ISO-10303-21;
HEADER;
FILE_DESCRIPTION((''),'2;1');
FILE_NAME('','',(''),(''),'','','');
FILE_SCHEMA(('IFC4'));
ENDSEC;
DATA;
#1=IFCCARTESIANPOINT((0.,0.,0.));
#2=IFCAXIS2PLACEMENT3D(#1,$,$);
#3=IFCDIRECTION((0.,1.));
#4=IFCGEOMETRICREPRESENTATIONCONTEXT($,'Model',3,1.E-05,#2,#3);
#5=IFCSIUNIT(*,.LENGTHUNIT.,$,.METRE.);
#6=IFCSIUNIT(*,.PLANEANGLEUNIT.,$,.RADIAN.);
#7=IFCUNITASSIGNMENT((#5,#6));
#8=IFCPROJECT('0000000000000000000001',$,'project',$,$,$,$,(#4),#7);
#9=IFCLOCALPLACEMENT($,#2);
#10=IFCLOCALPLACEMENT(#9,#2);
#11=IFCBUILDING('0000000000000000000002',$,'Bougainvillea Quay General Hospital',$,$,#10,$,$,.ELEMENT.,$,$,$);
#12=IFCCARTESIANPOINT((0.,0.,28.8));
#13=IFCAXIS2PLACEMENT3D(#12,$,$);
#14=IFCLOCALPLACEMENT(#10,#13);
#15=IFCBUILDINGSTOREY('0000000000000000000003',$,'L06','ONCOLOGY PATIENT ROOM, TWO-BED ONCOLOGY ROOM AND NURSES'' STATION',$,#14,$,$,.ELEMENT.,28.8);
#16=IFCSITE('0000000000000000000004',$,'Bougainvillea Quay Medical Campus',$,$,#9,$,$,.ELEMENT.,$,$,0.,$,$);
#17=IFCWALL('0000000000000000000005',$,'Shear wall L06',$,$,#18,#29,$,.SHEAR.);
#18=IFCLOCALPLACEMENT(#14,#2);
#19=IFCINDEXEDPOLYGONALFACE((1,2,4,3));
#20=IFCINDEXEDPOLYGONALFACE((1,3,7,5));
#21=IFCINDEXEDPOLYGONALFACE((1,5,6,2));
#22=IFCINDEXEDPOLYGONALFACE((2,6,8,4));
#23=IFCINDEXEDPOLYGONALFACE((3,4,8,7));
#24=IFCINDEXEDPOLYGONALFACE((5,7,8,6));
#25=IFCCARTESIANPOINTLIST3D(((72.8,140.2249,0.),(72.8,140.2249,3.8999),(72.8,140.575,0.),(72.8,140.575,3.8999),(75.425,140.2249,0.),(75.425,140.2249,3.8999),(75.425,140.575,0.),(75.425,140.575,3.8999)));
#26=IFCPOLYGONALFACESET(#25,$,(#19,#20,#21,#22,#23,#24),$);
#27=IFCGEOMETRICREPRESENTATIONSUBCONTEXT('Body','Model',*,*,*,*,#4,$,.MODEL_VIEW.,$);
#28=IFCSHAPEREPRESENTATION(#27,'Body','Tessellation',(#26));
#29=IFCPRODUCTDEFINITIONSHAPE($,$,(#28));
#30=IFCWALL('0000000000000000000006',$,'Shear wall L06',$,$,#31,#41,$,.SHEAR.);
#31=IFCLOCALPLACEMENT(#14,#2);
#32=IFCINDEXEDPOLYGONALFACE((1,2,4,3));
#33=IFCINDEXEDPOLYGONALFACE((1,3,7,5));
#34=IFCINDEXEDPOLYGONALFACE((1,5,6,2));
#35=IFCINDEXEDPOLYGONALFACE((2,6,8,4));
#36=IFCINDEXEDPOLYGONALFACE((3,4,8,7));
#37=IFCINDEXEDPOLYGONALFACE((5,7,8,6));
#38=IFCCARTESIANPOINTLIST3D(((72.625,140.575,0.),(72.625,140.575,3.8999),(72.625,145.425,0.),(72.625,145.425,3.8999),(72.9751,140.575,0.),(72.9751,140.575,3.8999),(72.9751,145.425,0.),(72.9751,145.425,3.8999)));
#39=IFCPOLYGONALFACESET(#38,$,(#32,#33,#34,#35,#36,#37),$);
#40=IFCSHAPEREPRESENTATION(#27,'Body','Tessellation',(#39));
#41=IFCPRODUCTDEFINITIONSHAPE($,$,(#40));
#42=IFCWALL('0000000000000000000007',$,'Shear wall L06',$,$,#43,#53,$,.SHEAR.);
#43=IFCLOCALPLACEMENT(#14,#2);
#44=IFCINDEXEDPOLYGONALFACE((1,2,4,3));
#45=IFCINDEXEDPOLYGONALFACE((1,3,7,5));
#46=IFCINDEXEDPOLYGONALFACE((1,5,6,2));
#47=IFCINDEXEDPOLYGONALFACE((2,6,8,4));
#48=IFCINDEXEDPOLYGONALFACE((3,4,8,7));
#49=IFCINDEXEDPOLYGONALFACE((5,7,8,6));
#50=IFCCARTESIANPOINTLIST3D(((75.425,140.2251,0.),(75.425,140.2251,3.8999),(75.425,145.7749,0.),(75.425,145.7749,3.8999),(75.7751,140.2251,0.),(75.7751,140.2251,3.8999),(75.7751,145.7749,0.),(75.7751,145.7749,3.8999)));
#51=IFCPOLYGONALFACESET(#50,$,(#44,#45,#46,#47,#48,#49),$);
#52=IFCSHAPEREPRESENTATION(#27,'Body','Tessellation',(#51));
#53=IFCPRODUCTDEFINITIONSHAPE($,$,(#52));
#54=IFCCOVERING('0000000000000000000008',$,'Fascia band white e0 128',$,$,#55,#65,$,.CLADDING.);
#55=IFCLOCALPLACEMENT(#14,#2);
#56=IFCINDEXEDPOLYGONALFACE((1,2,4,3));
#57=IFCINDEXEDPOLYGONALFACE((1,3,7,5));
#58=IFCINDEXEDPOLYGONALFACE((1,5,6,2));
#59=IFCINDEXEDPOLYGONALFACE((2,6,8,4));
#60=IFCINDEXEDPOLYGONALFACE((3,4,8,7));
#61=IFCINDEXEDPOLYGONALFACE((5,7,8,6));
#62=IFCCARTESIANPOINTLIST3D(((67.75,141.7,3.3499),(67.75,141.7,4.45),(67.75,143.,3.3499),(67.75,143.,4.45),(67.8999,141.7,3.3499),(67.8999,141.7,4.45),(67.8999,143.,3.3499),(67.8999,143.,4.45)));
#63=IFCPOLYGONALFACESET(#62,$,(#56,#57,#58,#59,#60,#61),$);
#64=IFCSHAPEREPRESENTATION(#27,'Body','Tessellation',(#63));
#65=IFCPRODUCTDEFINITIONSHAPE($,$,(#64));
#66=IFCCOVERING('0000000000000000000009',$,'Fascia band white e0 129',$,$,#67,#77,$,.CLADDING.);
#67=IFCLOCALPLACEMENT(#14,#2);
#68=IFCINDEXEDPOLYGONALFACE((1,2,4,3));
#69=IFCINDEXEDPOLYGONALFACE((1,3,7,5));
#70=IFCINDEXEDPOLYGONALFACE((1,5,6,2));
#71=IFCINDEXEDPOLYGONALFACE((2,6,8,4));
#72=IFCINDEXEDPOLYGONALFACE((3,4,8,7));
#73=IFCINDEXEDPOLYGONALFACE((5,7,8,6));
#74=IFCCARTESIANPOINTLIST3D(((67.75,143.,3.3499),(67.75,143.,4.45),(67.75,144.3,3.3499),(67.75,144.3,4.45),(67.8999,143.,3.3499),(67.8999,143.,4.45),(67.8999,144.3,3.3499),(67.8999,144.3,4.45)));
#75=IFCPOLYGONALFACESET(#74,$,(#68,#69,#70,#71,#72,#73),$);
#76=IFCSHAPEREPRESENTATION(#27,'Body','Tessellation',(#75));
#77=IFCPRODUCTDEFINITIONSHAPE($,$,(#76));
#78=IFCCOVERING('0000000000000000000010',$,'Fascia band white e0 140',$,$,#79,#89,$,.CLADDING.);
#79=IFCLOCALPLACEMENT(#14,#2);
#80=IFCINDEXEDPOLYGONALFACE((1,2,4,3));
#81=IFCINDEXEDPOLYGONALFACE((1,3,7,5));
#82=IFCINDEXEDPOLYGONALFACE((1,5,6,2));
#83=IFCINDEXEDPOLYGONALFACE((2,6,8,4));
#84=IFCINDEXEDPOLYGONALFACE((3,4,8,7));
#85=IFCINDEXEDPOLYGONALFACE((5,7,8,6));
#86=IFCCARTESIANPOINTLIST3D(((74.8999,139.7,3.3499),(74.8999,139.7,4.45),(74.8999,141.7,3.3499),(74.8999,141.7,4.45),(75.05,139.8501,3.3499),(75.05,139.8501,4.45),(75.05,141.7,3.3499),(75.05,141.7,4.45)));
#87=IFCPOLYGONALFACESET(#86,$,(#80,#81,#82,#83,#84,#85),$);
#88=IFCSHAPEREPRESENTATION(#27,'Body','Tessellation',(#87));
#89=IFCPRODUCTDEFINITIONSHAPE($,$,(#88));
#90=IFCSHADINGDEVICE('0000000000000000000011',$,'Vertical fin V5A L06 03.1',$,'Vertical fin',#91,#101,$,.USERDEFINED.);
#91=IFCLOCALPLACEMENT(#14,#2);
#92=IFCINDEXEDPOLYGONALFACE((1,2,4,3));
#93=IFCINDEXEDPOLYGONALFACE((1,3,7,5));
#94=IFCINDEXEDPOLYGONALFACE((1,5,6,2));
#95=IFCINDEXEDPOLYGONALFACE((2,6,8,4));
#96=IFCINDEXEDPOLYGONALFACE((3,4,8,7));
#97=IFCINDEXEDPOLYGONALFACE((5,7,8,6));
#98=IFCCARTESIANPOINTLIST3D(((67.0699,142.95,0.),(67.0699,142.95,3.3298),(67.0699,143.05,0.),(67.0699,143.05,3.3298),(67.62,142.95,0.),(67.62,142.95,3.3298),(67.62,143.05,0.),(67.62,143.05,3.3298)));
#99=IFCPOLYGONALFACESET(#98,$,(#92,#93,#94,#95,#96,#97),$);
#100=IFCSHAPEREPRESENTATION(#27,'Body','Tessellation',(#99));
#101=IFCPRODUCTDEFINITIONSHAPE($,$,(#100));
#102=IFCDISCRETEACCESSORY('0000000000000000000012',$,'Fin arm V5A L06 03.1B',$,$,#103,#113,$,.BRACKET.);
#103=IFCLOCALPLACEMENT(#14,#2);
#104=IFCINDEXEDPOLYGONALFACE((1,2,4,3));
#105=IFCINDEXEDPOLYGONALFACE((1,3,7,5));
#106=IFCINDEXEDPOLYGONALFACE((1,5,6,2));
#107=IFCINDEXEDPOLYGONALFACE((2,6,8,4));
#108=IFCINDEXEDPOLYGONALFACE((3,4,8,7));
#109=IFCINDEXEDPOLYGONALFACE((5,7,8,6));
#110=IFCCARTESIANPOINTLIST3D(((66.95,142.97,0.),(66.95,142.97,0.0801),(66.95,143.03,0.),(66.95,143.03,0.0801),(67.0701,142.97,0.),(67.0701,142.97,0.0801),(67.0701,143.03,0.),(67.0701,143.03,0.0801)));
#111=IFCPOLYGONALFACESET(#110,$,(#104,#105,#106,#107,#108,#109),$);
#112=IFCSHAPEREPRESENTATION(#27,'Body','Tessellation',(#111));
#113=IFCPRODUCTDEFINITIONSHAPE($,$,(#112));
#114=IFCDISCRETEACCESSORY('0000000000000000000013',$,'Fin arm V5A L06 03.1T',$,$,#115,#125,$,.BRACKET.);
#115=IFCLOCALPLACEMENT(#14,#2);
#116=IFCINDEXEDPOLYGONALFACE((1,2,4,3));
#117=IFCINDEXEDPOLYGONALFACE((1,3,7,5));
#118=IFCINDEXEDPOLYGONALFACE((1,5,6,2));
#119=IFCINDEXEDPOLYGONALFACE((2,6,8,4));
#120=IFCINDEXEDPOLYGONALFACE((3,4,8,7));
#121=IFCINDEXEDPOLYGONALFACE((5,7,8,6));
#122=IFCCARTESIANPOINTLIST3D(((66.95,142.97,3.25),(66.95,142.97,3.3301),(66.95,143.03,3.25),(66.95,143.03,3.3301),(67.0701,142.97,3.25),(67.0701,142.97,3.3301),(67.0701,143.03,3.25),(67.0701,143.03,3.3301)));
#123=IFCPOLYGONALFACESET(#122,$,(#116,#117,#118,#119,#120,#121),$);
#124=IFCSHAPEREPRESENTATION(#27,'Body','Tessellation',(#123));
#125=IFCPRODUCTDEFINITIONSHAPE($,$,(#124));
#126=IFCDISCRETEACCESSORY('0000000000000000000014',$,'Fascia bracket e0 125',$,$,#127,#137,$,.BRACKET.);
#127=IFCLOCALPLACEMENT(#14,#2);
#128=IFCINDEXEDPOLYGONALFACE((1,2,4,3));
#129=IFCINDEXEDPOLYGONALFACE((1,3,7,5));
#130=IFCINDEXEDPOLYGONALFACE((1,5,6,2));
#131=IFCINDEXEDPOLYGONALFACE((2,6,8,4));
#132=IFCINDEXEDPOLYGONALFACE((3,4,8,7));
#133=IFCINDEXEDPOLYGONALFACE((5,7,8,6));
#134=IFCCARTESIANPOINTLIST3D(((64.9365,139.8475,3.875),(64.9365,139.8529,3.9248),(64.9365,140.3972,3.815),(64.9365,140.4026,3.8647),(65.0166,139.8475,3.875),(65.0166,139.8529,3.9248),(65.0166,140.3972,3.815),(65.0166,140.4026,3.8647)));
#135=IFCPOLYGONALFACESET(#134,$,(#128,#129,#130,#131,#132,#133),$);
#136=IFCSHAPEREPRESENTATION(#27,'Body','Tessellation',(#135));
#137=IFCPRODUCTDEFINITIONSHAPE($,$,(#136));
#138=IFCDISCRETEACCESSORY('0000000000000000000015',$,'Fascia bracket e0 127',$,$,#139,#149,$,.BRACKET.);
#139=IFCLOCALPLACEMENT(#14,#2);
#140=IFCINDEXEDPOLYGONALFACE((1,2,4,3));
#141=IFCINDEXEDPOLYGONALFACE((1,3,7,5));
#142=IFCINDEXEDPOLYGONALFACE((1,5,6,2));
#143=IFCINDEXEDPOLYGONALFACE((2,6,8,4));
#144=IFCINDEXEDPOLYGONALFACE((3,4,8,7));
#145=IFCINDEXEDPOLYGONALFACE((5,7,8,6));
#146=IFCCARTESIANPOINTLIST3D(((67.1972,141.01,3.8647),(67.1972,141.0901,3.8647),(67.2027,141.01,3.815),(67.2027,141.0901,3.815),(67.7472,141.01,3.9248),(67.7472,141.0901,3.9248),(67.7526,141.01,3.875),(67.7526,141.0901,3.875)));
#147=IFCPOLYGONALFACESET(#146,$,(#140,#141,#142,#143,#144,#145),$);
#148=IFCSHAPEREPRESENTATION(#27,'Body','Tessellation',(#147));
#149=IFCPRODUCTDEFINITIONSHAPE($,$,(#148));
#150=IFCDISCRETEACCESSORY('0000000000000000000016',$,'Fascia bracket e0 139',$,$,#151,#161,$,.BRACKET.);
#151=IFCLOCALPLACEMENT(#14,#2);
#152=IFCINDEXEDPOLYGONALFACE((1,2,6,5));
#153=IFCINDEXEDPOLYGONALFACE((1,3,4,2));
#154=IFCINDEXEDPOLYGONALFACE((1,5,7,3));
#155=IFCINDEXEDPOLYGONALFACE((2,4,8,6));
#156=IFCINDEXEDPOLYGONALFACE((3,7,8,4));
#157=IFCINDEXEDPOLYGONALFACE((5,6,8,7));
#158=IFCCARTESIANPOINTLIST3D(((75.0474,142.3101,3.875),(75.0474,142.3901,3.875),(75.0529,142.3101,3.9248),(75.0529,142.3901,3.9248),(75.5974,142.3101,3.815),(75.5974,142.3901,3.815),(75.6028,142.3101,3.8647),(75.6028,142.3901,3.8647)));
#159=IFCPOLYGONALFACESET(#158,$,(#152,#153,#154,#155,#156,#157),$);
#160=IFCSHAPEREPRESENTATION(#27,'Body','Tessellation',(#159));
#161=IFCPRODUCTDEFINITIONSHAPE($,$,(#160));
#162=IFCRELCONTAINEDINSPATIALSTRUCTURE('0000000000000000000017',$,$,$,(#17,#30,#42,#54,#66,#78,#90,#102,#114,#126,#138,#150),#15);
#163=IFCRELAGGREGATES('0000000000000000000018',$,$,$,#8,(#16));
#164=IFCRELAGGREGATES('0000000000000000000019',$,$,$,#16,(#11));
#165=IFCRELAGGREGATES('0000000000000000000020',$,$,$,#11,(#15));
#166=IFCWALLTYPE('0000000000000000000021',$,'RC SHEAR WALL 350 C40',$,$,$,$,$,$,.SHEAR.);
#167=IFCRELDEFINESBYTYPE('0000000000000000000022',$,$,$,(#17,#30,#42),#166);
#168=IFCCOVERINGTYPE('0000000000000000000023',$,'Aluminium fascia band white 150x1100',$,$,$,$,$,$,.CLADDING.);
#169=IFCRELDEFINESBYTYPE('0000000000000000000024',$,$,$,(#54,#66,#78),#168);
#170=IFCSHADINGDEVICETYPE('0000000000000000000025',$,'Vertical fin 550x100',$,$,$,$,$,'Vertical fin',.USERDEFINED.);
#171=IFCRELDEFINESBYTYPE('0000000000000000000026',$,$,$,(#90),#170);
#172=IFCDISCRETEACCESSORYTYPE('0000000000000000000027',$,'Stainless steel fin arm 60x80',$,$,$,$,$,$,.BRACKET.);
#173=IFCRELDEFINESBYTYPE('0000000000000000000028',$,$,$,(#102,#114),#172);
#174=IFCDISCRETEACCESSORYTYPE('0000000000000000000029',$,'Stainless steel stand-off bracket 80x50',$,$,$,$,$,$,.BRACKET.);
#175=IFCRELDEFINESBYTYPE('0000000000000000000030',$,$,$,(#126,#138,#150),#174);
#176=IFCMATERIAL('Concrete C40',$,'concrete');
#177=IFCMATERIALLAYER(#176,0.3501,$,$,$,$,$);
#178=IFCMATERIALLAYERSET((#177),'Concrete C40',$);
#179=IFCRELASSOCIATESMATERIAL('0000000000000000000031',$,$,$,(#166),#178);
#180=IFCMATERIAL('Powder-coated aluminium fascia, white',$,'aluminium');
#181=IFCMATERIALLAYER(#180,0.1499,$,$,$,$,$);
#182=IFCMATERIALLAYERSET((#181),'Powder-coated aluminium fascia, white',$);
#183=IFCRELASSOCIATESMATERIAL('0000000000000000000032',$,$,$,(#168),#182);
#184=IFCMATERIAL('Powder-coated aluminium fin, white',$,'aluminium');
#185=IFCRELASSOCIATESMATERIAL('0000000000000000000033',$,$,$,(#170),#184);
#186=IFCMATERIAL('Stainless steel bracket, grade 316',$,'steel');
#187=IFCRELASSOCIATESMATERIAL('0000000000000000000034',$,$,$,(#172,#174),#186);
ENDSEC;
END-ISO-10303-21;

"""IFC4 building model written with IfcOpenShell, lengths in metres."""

from ifc_helpers import new_model, si_unit, direction, frame, frame_2d, origin, origin_2d, place, context, subcontext, project, spatial, polyline, rectangle, outline, extrude, material, layer, layer_set, material_profile, profile_set, type_object, element, save


model = new_model("IFC4")

# Units and contexts
model_context = context("Model", 3, precision=1e-05, world=origin(), true_north=direction((0.0, 1.0)))
body_context = subcontext(model_context, "Body", "Model", "MODEL_VIEW")
ifc_project = project(units=[si_unit("LENGTHUNIT", "METRE"), si_unit("PLANEANGLEUNIT", "RADIAN")], contexts=[model_context])

# Site, building, storey
site_placement = place(None, origin())
site = spatial("IfcSite", under=ifc_project, at=site_placement, Name="Bougainvillea Quay Medical Campus", CompositionType="ELEMENT", RefElevation=0.0)
building_placement = place(site_placement, origin())
building = spatial("IfcBuilding", under=site, at=building_placement, Name="Bougainvillea Quay General Hospital", CompositionType="ELEMENT")
storey_placement = place(building_placement, frame((0.0, 0.0, 28.8)))
storey = spatial("IfcBuildingStorey", under=building, at=storey_placement, Name="L06", Description="ONCOLOGY PATIENT ROOM, TWO-BED ONCOLOGY ROOM AND NURSES' STATION", CompositionType="ELEMENT", Elevation=28.8)

# Shared definitions
ifc_material_1 = material(Name="Concrete C40", Category="concrete")

# Walls
ifc_layer_1 = layer(ifc_material_1, 0.3501)
ifc_layer_set_1 = layer_set([ifc_layer_1], Name="Concrete C40")
wall_type_1 = type_object("IfcWallType", Name="RC SHEAR WALL 350 C40", PredefinedType="SHEAR", material=ifc_layer_set_1)
wall_1_placement = place(storey_placement, frame((72.8, 140.3999, 0.0), z_axis=(0.0, 0.0, 1.0), x_axis=(1.0, 0.0, 0.0)))
element("IfcWall", 1, at=wall_1_placement, inside=storey, type_object=wall_type_1, Name="Shear wall L06", PredefinedType="SHEAR", context=body_context, shape_type="SweptSolid", body=[
    extrude(rectangle(XDim=2.625, YDim=0.3501, at=frame_2d((1.3125, 0.0))), origin(), (0.0, 0.0, 1.0), 3.8999),
])
wall_2_placement = place(storey_placement, frame((72.8, 140.575, 0.0), z_axis=(0.0, 0.0, 1.0), x_axis=(0.0, 1.0, 0.0)))
element("IfcWall", 2, at=wall_2_placement, inside=storey, type_object=wall_type_1, Name="Shear wall L06", PredefinedType="SHEAR", context=body_context, shape_type="SweptSolid", body=[
    extrude(rectangle(XDim=4.8501, YDim=0.3501, at=frame_2d((2.425, 0.0))), origin(), (0.0, 0.0, 1.0), 3.8999),
])
wall_3_placement = place(storey_placement, frame((75.6001, 140.2251, 0.0), z_axis=(0.0, 0.0, 1.0), x_axis=(0.0, 1.0, 0.0)))
element("IfcWall", 3, at=wall_3_placement, inside=storey, type_object=wall_type_1, Name="Shear wall L06", PredefinedType="SHEAR", context=body_context, shape_type="SweptSolid", body=[
    extrude(rectangle(XDim=5.5498, YDim=0.3501, at=frame_2d((2.7749, 0.0))), origin(), (0.0, 0.0, 1.0), 3.8999),
])

# Coverings
ifc_material_2 = material(Name="Powder-coated aluminium fascia, white", Category="aluminium")
ifc_layer_2 = layer(ifc_material_2, 0.1499)
ifc_layer_set_2 = layer_set([ifc_layer_2], Name="Powder-coated aluminium fascia, white")
covering_type = type_object("IfcCoveringType", Name="Aluminium fascia band white 150x1100", PredefinedType="CLADDING", material=ifc_layer_set_2)
for number, where, z_axis, x_axis, name in (
    (4, (67.75, 141.7, 3.3499), (0.0, 0.0, 1.0), (0.0, 1.0, 0.0), "Fascia band white e0 128"),
    (5, (67.75, 143.0, 3.3499), (0.0, 0.0, 1.0), (0.0, 1.0, 0.0), "Fascia band white e0 129"),
):
    element("IfcCovering", number, at=place(storey_placement, frame(where, z_axis=z_axis, x_axis=x_axis)), inside=storey, type_object=covering_type, Name=name, PredefinedType="CLADDING", context=body_context, shape_type="SweptSolid", body=[
        extrude(outline(polyline([(0.0, 0.0), (1.3, 0.0), (1.3, -0.1499), (0.0, -0.1499), (0.0, 0.0)])), origin(), (0.0, 0.0, 1.0), 1.1001),
    ])
covering_placement = place(storey_placement, frame((75.05, 141.7, 3.3499), z_axis=(0.0, 0.0, 1.0), x_axis=(0.0, -1.0, 0.0)))
element("IfcCovering", 6, at=covering_placement, inside=storey, type_object=covering_type, Name="Fascia band white e0 140", PredefinedType="CLADDING", context=body_context, shape_type="SweptSolid", body=[
    extrude(outline(polyline([(0.0, 0.0), (1.8499, 0.0), (2.0, -0.1501), (0.0, -0.1501), (0.0, 0.0)])), origin(), (0.0, 0.0, 1.0), 1.1001),
])

# Shading device
ifc_material_3 = material(Name="Powder-coated aluminium fin, white", Category="aluminium")
ifc_material_profile_1 = material_profile(ifc_material_3, rectangle(XDim=0.55, YDim=0.1001, at=origin_2d()))
ifc_profile_set_1 = profile_set([ifc_material_profile_1], Name="Powder-coated aluminium fin, white")
shading_device_type = type_object("IfcShadingDeviceType", Name="Vertical fin 550x100", ElementType="Vertical fin", PredefinedType="USERDEFINED", material=ifc_profile_set_1)
shading_device_placement = place(storey_placement, frame((67.345, 143.0, 0.0), z_axis=(0.0, 0.0, 1.0), x_axis=(1.0, 0.0, 0.0)))
element("IfcShadingDevice", 7, at=shading_device_placement, inside=storey, type_object=shading_device_type, Name="Vertical fin V5A L06 03.1", ObjectType="Vertical fin", PredefinedType="USERDEFINED", context=body_context, shape_type="SweptSolid", body=[
    extrude(rectangle(XDim=0.55, YDim=0.1001, at=origin_2d()), origin(), (0.0, 0.0, 1.0), 3.3298),
])

# Discrete accessories
ifc_material_4 = material(Name="Stainless steel bracket, grade 316", Category="steel")
discrete_accessory_type_1 = type_object("IfcDiscreteAccessoryType", Name="Stainless steel fin arm 60x80", PredefinedType="BRACKET", material=ifc_material_4)
for number, where, z_axis, x_axis, name in (
    (8, (67.01, 143.0, 0.0), (0.0, 0.0, 1.0), (1.0, 0.0, 0.0), "Fin arm V5A L06 03.1B"),
    (9, (67.01, 143.0, 3.25), (0.0, 0.0, 1.0), (1.0, 0.0, 0.0), "Fin arm V5A L06 03.1T"),
):
    element("IfcDiscreteAccessory", number, at=place(storey_placement, frame(where, z_axis=z_axis, x_axis=x_axis)), inside=storey, type_object=discrete_accessory_type_1, Name=name, PredefinedType="BRACKET", context=body_context, shape_type="SweptSolid", body=[
        extrude(rectangle(XDim=0.1201, YDim=0.0601, at=origin_2d()), origin(), (0.0, 0.0, 1.0), 0.0801),
    ])
ifc_material_profile_2 = material_profile(ifc_material_4, rectangle(XDim=0.0801, YDim=0.05, at=origin_2d()))
ifc_profile_set_2 = profile_set([ifc_material_profile_2], Name="Stainless steel bracket, grade 316")
discrete_accessory_type_2 = type_object("IfcDiscreteAccessoryType", Name="Stainless steel stand-off bracket 80x50", PredefinedType="BRACKET", material=ifc_profile_set_2)
discrete_accessory_placement = place(storey_placement, frame((64.9766, 140.3999, 3.8398), z_axis=(0.0, -0.994087, 0.10859), x_axis=(1.0, 0.0, 0.0)))
element("IfcDiscreteAccessory", 10, at=discrete_accessory_placement, inside=storey, type_object=discrete_accessory_type_2, Name="Fascia bracket e0 125", PredefinedType="BRACKET", context=body_context, shape_type="SweptSolid", body=[
    extrude(rectangle(XDim=0.0801, YDim=0.05, at=origin_2d()), origin(), (0.0, 0.0, 1.0), 0.553),
])
for number, where, z_axis, x_axis, name in (
    (11, (67.2, 141.05, 3.8398), (0.994092, 0.0, 0.108543), (0.0, 1.0, 0.0), "Fascia bracket e0 127"),
    (12, (75.6001, 142.3501, 3.8398), (-0.994092, 0.0, 0.108543), (0.0, -1.0, 0.0), "Fascia bracket e0 139"),
):
    element("IfcDiscreteAccessory", number, at=place(storey_placement, frame(where, z_axis=z_axis, x_axis=x_axis)), inside=storey, type_object=discrete_accessory_type_2, Name=name, PredefinedType="BRACKET", context=body_context, shape_type="SweptSolid", body=[
        extrude(rectangle(XDim=0.0801, YDim=0.05, at=origin_2d()), origin(), (0.0, 0.0, 1.0), 0.5532),
    ])

save(model, "model.ifc")
